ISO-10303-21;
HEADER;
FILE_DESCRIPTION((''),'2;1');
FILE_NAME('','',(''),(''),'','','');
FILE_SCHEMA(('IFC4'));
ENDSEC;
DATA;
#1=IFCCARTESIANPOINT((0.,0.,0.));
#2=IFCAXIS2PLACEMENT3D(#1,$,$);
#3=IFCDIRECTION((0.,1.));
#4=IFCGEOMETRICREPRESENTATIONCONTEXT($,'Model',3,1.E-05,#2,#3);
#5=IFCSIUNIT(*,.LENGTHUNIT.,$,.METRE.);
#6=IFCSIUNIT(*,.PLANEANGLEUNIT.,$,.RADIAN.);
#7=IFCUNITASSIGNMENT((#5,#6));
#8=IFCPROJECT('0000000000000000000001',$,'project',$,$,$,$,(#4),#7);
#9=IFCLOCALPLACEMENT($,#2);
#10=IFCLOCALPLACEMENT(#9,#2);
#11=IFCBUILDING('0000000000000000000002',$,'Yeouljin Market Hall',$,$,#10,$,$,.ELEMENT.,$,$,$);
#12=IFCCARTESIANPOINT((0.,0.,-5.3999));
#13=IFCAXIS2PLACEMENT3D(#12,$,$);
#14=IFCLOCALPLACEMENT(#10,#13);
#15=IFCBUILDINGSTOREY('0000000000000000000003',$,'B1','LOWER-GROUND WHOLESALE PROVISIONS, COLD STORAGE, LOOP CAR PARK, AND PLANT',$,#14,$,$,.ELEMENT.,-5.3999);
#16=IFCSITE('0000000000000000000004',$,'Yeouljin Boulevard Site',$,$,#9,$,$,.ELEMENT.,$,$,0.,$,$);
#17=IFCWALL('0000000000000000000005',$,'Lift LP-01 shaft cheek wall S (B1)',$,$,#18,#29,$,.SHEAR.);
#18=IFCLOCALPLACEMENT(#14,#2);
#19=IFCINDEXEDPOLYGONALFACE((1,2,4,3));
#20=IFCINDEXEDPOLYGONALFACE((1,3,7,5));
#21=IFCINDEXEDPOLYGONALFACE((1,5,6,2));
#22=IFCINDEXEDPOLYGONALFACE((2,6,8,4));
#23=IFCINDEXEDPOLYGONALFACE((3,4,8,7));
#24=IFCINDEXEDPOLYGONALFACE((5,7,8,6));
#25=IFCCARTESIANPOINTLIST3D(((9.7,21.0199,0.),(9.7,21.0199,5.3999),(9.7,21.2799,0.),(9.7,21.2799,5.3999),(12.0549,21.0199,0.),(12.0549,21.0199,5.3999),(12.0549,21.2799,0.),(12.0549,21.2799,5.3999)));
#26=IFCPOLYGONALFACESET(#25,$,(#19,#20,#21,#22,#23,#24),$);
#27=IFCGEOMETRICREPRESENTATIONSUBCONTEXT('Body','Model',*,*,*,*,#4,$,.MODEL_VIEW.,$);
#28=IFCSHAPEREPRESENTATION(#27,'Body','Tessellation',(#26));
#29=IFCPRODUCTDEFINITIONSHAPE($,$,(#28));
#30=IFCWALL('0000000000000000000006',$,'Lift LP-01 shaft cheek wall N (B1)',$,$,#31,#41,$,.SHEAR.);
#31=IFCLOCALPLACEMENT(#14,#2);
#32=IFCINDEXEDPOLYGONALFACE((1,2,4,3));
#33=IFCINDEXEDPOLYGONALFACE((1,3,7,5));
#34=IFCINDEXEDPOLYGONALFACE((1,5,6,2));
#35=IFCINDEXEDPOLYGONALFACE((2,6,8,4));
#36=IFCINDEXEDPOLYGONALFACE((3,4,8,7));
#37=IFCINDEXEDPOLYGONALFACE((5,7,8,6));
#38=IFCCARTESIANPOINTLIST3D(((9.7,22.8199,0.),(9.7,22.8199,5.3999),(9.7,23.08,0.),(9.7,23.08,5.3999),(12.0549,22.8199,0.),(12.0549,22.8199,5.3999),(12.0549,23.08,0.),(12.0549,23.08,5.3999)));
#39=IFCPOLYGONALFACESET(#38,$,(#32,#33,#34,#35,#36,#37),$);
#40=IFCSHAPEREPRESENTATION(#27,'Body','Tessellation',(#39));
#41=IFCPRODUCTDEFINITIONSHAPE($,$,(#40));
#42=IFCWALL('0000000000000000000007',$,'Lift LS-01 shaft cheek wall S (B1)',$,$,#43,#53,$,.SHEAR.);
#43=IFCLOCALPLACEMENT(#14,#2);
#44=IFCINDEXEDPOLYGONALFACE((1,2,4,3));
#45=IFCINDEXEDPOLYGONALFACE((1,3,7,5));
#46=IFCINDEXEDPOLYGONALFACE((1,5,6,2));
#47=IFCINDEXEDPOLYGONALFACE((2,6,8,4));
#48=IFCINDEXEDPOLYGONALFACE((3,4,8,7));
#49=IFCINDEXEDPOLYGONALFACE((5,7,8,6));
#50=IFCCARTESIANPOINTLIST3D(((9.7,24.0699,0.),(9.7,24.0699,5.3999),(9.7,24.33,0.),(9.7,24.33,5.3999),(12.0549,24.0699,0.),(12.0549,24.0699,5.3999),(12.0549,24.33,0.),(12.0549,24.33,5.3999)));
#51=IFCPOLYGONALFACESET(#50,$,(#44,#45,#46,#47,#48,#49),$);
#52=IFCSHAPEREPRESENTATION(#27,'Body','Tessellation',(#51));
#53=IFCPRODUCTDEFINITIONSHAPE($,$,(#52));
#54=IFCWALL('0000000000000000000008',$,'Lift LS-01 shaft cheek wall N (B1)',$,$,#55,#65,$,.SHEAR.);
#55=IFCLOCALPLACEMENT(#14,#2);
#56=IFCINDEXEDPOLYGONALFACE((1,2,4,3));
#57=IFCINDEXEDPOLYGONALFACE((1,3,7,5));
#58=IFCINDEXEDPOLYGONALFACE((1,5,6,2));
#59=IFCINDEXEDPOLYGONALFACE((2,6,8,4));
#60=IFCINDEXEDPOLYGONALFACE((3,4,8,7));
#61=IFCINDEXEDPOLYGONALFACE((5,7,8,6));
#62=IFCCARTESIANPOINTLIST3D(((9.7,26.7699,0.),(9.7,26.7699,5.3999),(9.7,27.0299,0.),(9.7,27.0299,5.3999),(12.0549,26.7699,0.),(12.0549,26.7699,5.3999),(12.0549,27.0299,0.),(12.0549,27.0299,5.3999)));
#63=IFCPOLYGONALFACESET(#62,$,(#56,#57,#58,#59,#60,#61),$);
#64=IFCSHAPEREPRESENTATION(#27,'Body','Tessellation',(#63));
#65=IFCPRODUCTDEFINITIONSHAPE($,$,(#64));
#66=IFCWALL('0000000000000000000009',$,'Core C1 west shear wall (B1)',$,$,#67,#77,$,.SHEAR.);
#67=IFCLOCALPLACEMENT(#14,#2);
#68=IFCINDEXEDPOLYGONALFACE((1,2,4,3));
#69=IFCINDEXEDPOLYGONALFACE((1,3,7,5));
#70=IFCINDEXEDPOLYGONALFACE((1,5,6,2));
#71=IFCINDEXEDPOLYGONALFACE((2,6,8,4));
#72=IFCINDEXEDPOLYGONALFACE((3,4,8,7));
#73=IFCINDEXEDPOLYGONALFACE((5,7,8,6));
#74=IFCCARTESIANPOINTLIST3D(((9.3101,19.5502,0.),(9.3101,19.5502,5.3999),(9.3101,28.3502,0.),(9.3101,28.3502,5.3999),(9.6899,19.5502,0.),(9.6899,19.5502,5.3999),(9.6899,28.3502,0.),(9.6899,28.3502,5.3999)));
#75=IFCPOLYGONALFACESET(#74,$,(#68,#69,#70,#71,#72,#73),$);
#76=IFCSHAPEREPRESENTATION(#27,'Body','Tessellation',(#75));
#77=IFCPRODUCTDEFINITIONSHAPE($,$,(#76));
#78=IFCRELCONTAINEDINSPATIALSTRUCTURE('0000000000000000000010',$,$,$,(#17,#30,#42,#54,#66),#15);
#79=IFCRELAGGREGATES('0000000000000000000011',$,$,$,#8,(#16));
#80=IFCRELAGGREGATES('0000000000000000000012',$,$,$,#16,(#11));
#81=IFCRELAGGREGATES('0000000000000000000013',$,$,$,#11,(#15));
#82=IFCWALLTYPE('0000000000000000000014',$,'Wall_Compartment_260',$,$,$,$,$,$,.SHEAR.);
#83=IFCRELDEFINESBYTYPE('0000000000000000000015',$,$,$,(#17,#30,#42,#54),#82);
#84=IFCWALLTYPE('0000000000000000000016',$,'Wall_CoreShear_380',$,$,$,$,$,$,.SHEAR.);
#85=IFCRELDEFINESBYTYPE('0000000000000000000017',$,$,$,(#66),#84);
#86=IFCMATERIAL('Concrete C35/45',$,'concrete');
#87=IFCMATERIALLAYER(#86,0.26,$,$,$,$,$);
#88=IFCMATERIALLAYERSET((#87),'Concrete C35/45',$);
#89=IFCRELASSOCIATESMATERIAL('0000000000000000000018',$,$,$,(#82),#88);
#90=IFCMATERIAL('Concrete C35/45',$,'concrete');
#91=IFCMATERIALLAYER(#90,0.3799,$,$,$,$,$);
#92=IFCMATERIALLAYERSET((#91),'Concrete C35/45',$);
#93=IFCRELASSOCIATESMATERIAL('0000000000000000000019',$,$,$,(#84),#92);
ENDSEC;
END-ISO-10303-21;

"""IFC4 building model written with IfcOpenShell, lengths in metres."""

from ifc_helpers import new_model, si_unit, direction, frame, frame_2d, origin, place, context, subcontext, project, spatial, rectangle, extrude, material, layer, layer_set, type_object, element, save


model = new_model("IFC4")

# Units and contexts
model_context = context("Model", 3, precision=1e-05, world=origin(), true_north=direction((0.0, 1.0)))
body_context = subcontext(model_context, "Body", "Model", "MODEL_VIEW")
ifc_project = project(units=[si_unit("LENGTHUNIT", "METRE"), si_unit("PLANEANGLEUNIT", "RADIAN")], contexts=[model_context])

# Site, building, storey
site_placement = place(None, origin())
site = spatial("IfcSite", under=ifc_project, at=site_placement, Name="Yeouljin Boulevard Site", CompositionType="ELEMENT", RefElevation=0.0)
building_placement = place(site_placement, origin())
building = spatial("IfcBuilding", under=site, at=building_placement, Name="Yeouljin Market Hall", CompositionType="ELEMENT")
storey_placement = place(building_placement, frame((0.0, 0.0, -5.3999)))
storey = spatial("IfcBuildingStorey", under=building, at=storey_placement, Name="B1", Description="LOWER-GROUND WHOLESALE PROVISIONS, COLD STORAGE, LOOP CAR PARK, AND PLANT", CompositionType="ELEMENT", Elevation=-5.3999)

# Walls
ifc_material_1 = material(Name="Concrete C35/45", Category="concrete")
ifc_layer_1 = layer(ifc_material_1, 0.26)
ifc_layer_set_1 = layer_set([ifc_layer_1], Name="Concrete C35/45")
wall_type_1 = type_object("IfcWallType", Name="Wall_Compartment_260", PredefinedType="SHEAR", material=ifc_layer_set_1)
for number, where, z_axis, x_axis, name in (
    (1, (9.7, 21.1499, 0.0), (0.0, 0.0, 1.0), (1.0, 0.0, 0.0), "Lift LP-01 shaft cheek wall S (B1)"),
    (2, (9.7, 22.95, 0.0), (0.0, 0.0, 1.0), (1.0, 0.0, 0.0), "Lift LP-01 shaft cheek wall N (B1)"),
    (3, (9.7, 24.2, 0.0), (0.0, 0.0, 1.0), (1.0, 0.0, 0.0), "Lift LS-01 shaft cheek wall S (B1)"),
    (4, (9.7, 26.8999, 0.0), (0.0, 0.0, 1.0), (1.0, 0.0, 0.0), "Lift LS-01 shaft cheek wall N (B1)"),
):
    element("IfcWall", number, at=place(storey_placement, frame(where, z_axis=z_axis, x_axis=x_axis)), inside=storey, type_object=wall_type_1, Name=name, PredefinedType="SHEAR", context=body_context, shape_type="SweptSolid", body=[
        extrude(rectangle(XDim=2.355, YDim=0.26, at=frame_2d((1.1775, 0.0))), origin(), (0.0, 0.0, 1.0), 5.3999),
    ])
ifc_material_2 = material(Name="Concrete C35/45", Category="concrete")
ifc_layer_2 = layer(ifc_material_2, 0.3799)
ifc_layer_set_2 = layer_set([ifc_layer_2], Name="Concrete C35/45")
wall_type_2 = type_object("IfcWallType", Name="Wall_CoreShear_380", PredefinedType="SHEAR", material=ifc_layer_set_2)
wall_1_placement = place(storey_placement, frame((9.5, 28.3501, 0.0), z_axis=(0.0, 0.0, 1.0), x_axis=(0.0, -1.0, 0.0)))
element("IfcWall", 5, at=wall_1_placement, inside=storey, type_object=wall_type_2, Name="Core C1 west shear wall (B1)", PredefinedType="SHEAR", context=body_context, shape_type="SweptSolid", body=[
    extrude(rectangle(XDim=8.8, YDim=0.3799, at=frame_2d((4.3999, 0.0))), origin(), (0.0, 0.0, 1.0), 5.3999),
])

save(model, "model.ifc")
